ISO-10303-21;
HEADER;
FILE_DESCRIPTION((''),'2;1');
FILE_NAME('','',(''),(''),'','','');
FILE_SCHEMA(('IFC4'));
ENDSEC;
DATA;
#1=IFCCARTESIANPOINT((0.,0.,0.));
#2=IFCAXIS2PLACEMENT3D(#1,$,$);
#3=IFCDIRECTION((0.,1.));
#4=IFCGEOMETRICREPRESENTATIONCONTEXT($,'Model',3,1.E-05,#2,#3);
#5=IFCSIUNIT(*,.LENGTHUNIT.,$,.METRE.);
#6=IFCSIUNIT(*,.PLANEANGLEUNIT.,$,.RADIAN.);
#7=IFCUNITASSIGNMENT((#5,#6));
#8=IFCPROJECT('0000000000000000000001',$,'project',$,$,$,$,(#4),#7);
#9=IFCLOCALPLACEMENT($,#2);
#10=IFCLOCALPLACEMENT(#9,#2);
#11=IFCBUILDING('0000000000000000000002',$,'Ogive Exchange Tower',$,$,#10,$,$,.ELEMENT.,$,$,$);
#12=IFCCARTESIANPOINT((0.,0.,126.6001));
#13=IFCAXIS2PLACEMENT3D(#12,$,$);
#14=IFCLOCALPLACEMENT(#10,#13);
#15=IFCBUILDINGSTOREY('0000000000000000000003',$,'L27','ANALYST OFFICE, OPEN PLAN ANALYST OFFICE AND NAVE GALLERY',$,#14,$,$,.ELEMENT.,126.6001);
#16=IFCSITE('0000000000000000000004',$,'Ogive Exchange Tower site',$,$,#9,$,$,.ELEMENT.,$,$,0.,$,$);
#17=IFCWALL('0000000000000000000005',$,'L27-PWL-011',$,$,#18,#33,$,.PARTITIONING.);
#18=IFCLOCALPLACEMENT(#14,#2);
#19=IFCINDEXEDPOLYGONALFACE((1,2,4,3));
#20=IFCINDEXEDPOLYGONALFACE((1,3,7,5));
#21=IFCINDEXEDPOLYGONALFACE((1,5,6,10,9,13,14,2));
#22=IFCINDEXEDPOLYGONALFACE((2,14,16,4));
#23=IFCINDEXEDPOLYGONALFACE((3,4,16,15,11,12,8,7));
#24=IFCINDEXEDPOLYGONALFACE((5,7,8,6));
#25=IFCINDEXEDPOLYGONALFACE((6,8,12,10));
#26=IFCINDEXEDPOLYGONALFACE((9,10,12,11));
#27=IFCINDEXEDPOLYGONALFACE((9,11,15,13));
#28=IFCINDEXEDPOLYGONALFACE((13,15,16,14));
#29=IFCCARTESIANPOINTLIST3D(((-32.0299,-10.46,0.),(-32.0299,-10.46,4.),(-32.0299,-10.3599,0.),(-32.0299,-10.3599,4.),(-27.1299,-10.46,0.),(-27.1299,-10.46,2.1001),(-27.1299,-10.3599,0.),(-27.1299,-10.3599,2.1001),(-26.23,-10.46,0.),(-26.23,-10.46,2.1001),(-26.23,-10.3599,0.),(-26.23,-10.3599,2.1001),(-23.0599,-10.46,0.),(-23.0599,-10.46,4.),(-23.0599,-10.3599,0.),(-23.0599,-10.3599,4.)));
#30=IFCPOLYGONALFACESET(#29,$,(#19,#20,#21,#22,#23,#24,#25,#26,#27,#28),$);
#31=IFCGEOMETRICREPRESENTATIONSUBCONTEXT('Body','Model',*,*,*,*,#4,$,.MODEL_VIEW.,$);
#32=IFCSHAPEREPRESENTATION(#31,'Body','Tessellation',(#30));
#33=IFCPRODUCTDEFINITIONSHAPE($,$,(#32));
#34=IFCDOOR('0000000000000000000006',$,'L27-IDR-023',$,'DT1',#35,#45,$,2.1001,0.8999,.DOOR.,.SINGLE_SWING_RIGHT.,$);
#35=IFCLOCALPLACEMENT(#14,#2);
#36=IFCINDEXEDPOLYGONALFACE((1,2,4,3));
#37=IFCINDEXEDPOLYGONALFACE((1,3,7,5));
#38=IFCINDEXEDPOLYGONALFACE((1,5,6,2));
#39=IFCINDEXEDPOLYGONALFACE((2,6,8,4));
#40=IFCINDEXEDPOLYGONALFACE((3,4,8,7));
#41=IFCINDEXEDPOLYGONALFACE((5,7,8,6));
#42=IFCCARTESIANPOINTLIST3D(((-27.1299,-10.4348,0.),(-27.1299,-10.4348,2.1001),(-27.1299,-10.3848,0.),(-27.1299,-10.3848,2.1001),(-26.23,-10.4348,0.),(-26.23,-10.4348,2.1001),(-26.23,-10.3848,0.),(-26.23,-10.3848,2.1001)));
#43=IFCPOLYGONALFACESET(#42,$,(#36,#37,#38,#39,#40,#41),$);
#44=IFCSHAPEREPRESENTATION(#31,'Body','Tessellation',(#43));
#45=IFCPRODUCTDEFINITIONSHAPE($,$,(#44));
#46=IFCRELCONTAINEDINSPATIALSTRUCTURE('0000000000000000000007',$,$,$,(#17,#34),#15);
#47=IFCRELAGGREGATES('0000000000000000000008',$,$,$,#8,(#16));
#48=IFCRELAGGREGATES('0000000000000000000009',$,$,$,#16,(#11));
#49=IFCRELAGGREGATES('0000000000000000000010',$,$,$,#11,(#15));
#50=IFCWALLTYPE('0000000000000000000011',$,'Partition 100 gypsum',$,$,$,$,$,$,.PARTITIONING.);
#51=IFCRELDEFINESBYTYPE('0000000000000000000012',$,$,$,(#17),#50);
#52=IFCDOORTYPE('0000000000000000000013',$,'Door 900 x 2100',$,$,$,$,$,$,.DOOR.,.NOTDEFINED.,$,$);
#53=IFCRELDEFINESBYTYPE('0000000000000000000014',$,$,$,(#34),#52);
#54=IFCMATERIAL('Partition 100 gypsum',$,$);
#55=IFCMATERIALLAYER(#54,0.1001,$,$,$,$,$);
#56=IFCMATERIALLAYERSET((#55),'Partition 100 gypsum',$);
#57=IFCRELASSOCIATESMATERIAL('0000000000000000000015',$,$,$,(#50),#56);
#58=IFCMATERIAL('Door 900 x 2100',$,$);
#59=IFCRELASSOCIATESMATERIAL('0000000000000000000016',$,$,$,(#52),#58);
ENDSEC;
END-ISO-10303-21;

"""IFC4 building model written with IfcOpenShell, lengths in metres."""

from ifc_helpers import new_model, si_unit, direction, frame, frame_2d, origin, place, context, subcontext, project, spatial, rectangle, extrude, material, layer, layer_set, type_object, element, fill, save


model = new_model("IFC4")

# Units and contexts
model_context = context("Model", 3, precision=1e-05, world=origin(), true_north=direction((0.0, 1.0)))
body_context = subcontext(model_context, "Body", "Model", "MODEL_VIEW")
ifc_project = project(units=[si_unit("LENGTHUNIT", "METRE"), si_unit("PLANEANGLEUNIT", "RADIAN")], contexts=[model_context])

# Site, building, storey
site_placement = place(None, origin())
site = spatial("IfcSite", under=ifc_project, at=site_placement, Name="Ogive Exchange Tower site", CompositionType="ELEMENT", RefElevation=0.0)
building_placement = place(site_placement, origin())
building = spatial("IfcBuilding", under=site, at=building_placement, Name="Ogive Exchange Tower", CompositionType="ELEMENT")
storey_placement = place(building_placement, frame((0.0, 0.0, 126.6001)))
storey = spatial("IfcBuildingStorey", under=building, at=storey_placement, Name="L27", Description="ANALYST OFFICE, OPEN PLAN ANALYST OFFICE AND NAVE GALLERY", CompositionType="ELEMENT", Elevation=126.6001)

# Shared definitions
ifc_material_1 = material(Name="Partition 100 gypsum")
ifc_layer_1 = layer(ifc_material_1, 0.1001)
ifc_layer_set_1 = layer_set([ifc_layer_1], Name="Partition 100 gypsum")
wall_type_1 = type_object("IfcWallType", Name="Partition 100 gypsum", PredefinedType="PARTITIONING", material=ifc_layer_set_1)

# Wall, opening, door
wall_1_placement = place(storey_placement, frame((-23.0601, -10.4099, 0.0), z_axis=(0.0, 0.0, 1.0), x_axis=(-1.0, 0.0, 0.0)))
wall_1 = element("IfcWall", 1, at=wall_1_placement, inside=storey, type_object=wall_type_1, Name="L27-PWL-011", PredefinedType="PARTITIONING", context=body_context, shape_type="SweptSolid", body=[
    extrude(rectangle(XDim=8.97, YDim=0.1001, at=frame_2d((4.4849, 0.0))), origin(), (0.0, 0.0, 1.0), 4.0),
])
opening_1_placement = place(wall_1_placement, frame((3.1699, 0.0, 0.0)))
opening_1 = element("IfcOpeningElement", 2, at=opening_1_placement, cuts=wall_1, PredefinedType="OPENING", context=body_context, shape_type="SweptSolid", body=[
    extrude(rectangle(XDim=0.8999, YDim=2.1001, at=frame_2d((0.45, 1.05))), frame((0.0, 0.0601, 0.0), z_axis=(0.0, -1.0, 0.0), x_axis=(1.0, 0.0, 0.0)), (0.0, 0.0, 1.0), 0.1201),
])
ifc_material_2 = material(Name="Door 900 x 2100")
door_type_1 = type_object("IfcDoorType", Name="Door 900 x 2100", OperationType="NOTDEFINED", PredefinedType="DOOR", material=ifc_material_2)
door_1_placement = place(opening_1_placement, origin())
door_1 = element("IfcDoor", 3, at=door_1_placement, inside=storey, type_object=door_type_1, Name="L27-IDR-023", ObjectType="DT1", OperationType="SINGLE_SWING_RIGHT", OverallHeight=2.1001, OverallWidth=0.8999, PredefinedType="DOOR", context=body_context, shape_type="SweptSolid", body=[
    extrude(rectangle(XDim=0.8999, YDim=2.1001, at=frame_2d((0.45, 1.05))), frame((0.0, 0.0249, 0.0), z_axis=(0.0, -1.0, 0.0), x_axis=(1.0, 0.0, 0.0)), (0.0, 0.0, 1.0), 0.05),
])
fill(opening_1, door_1)

save(model, "model.ifc")
